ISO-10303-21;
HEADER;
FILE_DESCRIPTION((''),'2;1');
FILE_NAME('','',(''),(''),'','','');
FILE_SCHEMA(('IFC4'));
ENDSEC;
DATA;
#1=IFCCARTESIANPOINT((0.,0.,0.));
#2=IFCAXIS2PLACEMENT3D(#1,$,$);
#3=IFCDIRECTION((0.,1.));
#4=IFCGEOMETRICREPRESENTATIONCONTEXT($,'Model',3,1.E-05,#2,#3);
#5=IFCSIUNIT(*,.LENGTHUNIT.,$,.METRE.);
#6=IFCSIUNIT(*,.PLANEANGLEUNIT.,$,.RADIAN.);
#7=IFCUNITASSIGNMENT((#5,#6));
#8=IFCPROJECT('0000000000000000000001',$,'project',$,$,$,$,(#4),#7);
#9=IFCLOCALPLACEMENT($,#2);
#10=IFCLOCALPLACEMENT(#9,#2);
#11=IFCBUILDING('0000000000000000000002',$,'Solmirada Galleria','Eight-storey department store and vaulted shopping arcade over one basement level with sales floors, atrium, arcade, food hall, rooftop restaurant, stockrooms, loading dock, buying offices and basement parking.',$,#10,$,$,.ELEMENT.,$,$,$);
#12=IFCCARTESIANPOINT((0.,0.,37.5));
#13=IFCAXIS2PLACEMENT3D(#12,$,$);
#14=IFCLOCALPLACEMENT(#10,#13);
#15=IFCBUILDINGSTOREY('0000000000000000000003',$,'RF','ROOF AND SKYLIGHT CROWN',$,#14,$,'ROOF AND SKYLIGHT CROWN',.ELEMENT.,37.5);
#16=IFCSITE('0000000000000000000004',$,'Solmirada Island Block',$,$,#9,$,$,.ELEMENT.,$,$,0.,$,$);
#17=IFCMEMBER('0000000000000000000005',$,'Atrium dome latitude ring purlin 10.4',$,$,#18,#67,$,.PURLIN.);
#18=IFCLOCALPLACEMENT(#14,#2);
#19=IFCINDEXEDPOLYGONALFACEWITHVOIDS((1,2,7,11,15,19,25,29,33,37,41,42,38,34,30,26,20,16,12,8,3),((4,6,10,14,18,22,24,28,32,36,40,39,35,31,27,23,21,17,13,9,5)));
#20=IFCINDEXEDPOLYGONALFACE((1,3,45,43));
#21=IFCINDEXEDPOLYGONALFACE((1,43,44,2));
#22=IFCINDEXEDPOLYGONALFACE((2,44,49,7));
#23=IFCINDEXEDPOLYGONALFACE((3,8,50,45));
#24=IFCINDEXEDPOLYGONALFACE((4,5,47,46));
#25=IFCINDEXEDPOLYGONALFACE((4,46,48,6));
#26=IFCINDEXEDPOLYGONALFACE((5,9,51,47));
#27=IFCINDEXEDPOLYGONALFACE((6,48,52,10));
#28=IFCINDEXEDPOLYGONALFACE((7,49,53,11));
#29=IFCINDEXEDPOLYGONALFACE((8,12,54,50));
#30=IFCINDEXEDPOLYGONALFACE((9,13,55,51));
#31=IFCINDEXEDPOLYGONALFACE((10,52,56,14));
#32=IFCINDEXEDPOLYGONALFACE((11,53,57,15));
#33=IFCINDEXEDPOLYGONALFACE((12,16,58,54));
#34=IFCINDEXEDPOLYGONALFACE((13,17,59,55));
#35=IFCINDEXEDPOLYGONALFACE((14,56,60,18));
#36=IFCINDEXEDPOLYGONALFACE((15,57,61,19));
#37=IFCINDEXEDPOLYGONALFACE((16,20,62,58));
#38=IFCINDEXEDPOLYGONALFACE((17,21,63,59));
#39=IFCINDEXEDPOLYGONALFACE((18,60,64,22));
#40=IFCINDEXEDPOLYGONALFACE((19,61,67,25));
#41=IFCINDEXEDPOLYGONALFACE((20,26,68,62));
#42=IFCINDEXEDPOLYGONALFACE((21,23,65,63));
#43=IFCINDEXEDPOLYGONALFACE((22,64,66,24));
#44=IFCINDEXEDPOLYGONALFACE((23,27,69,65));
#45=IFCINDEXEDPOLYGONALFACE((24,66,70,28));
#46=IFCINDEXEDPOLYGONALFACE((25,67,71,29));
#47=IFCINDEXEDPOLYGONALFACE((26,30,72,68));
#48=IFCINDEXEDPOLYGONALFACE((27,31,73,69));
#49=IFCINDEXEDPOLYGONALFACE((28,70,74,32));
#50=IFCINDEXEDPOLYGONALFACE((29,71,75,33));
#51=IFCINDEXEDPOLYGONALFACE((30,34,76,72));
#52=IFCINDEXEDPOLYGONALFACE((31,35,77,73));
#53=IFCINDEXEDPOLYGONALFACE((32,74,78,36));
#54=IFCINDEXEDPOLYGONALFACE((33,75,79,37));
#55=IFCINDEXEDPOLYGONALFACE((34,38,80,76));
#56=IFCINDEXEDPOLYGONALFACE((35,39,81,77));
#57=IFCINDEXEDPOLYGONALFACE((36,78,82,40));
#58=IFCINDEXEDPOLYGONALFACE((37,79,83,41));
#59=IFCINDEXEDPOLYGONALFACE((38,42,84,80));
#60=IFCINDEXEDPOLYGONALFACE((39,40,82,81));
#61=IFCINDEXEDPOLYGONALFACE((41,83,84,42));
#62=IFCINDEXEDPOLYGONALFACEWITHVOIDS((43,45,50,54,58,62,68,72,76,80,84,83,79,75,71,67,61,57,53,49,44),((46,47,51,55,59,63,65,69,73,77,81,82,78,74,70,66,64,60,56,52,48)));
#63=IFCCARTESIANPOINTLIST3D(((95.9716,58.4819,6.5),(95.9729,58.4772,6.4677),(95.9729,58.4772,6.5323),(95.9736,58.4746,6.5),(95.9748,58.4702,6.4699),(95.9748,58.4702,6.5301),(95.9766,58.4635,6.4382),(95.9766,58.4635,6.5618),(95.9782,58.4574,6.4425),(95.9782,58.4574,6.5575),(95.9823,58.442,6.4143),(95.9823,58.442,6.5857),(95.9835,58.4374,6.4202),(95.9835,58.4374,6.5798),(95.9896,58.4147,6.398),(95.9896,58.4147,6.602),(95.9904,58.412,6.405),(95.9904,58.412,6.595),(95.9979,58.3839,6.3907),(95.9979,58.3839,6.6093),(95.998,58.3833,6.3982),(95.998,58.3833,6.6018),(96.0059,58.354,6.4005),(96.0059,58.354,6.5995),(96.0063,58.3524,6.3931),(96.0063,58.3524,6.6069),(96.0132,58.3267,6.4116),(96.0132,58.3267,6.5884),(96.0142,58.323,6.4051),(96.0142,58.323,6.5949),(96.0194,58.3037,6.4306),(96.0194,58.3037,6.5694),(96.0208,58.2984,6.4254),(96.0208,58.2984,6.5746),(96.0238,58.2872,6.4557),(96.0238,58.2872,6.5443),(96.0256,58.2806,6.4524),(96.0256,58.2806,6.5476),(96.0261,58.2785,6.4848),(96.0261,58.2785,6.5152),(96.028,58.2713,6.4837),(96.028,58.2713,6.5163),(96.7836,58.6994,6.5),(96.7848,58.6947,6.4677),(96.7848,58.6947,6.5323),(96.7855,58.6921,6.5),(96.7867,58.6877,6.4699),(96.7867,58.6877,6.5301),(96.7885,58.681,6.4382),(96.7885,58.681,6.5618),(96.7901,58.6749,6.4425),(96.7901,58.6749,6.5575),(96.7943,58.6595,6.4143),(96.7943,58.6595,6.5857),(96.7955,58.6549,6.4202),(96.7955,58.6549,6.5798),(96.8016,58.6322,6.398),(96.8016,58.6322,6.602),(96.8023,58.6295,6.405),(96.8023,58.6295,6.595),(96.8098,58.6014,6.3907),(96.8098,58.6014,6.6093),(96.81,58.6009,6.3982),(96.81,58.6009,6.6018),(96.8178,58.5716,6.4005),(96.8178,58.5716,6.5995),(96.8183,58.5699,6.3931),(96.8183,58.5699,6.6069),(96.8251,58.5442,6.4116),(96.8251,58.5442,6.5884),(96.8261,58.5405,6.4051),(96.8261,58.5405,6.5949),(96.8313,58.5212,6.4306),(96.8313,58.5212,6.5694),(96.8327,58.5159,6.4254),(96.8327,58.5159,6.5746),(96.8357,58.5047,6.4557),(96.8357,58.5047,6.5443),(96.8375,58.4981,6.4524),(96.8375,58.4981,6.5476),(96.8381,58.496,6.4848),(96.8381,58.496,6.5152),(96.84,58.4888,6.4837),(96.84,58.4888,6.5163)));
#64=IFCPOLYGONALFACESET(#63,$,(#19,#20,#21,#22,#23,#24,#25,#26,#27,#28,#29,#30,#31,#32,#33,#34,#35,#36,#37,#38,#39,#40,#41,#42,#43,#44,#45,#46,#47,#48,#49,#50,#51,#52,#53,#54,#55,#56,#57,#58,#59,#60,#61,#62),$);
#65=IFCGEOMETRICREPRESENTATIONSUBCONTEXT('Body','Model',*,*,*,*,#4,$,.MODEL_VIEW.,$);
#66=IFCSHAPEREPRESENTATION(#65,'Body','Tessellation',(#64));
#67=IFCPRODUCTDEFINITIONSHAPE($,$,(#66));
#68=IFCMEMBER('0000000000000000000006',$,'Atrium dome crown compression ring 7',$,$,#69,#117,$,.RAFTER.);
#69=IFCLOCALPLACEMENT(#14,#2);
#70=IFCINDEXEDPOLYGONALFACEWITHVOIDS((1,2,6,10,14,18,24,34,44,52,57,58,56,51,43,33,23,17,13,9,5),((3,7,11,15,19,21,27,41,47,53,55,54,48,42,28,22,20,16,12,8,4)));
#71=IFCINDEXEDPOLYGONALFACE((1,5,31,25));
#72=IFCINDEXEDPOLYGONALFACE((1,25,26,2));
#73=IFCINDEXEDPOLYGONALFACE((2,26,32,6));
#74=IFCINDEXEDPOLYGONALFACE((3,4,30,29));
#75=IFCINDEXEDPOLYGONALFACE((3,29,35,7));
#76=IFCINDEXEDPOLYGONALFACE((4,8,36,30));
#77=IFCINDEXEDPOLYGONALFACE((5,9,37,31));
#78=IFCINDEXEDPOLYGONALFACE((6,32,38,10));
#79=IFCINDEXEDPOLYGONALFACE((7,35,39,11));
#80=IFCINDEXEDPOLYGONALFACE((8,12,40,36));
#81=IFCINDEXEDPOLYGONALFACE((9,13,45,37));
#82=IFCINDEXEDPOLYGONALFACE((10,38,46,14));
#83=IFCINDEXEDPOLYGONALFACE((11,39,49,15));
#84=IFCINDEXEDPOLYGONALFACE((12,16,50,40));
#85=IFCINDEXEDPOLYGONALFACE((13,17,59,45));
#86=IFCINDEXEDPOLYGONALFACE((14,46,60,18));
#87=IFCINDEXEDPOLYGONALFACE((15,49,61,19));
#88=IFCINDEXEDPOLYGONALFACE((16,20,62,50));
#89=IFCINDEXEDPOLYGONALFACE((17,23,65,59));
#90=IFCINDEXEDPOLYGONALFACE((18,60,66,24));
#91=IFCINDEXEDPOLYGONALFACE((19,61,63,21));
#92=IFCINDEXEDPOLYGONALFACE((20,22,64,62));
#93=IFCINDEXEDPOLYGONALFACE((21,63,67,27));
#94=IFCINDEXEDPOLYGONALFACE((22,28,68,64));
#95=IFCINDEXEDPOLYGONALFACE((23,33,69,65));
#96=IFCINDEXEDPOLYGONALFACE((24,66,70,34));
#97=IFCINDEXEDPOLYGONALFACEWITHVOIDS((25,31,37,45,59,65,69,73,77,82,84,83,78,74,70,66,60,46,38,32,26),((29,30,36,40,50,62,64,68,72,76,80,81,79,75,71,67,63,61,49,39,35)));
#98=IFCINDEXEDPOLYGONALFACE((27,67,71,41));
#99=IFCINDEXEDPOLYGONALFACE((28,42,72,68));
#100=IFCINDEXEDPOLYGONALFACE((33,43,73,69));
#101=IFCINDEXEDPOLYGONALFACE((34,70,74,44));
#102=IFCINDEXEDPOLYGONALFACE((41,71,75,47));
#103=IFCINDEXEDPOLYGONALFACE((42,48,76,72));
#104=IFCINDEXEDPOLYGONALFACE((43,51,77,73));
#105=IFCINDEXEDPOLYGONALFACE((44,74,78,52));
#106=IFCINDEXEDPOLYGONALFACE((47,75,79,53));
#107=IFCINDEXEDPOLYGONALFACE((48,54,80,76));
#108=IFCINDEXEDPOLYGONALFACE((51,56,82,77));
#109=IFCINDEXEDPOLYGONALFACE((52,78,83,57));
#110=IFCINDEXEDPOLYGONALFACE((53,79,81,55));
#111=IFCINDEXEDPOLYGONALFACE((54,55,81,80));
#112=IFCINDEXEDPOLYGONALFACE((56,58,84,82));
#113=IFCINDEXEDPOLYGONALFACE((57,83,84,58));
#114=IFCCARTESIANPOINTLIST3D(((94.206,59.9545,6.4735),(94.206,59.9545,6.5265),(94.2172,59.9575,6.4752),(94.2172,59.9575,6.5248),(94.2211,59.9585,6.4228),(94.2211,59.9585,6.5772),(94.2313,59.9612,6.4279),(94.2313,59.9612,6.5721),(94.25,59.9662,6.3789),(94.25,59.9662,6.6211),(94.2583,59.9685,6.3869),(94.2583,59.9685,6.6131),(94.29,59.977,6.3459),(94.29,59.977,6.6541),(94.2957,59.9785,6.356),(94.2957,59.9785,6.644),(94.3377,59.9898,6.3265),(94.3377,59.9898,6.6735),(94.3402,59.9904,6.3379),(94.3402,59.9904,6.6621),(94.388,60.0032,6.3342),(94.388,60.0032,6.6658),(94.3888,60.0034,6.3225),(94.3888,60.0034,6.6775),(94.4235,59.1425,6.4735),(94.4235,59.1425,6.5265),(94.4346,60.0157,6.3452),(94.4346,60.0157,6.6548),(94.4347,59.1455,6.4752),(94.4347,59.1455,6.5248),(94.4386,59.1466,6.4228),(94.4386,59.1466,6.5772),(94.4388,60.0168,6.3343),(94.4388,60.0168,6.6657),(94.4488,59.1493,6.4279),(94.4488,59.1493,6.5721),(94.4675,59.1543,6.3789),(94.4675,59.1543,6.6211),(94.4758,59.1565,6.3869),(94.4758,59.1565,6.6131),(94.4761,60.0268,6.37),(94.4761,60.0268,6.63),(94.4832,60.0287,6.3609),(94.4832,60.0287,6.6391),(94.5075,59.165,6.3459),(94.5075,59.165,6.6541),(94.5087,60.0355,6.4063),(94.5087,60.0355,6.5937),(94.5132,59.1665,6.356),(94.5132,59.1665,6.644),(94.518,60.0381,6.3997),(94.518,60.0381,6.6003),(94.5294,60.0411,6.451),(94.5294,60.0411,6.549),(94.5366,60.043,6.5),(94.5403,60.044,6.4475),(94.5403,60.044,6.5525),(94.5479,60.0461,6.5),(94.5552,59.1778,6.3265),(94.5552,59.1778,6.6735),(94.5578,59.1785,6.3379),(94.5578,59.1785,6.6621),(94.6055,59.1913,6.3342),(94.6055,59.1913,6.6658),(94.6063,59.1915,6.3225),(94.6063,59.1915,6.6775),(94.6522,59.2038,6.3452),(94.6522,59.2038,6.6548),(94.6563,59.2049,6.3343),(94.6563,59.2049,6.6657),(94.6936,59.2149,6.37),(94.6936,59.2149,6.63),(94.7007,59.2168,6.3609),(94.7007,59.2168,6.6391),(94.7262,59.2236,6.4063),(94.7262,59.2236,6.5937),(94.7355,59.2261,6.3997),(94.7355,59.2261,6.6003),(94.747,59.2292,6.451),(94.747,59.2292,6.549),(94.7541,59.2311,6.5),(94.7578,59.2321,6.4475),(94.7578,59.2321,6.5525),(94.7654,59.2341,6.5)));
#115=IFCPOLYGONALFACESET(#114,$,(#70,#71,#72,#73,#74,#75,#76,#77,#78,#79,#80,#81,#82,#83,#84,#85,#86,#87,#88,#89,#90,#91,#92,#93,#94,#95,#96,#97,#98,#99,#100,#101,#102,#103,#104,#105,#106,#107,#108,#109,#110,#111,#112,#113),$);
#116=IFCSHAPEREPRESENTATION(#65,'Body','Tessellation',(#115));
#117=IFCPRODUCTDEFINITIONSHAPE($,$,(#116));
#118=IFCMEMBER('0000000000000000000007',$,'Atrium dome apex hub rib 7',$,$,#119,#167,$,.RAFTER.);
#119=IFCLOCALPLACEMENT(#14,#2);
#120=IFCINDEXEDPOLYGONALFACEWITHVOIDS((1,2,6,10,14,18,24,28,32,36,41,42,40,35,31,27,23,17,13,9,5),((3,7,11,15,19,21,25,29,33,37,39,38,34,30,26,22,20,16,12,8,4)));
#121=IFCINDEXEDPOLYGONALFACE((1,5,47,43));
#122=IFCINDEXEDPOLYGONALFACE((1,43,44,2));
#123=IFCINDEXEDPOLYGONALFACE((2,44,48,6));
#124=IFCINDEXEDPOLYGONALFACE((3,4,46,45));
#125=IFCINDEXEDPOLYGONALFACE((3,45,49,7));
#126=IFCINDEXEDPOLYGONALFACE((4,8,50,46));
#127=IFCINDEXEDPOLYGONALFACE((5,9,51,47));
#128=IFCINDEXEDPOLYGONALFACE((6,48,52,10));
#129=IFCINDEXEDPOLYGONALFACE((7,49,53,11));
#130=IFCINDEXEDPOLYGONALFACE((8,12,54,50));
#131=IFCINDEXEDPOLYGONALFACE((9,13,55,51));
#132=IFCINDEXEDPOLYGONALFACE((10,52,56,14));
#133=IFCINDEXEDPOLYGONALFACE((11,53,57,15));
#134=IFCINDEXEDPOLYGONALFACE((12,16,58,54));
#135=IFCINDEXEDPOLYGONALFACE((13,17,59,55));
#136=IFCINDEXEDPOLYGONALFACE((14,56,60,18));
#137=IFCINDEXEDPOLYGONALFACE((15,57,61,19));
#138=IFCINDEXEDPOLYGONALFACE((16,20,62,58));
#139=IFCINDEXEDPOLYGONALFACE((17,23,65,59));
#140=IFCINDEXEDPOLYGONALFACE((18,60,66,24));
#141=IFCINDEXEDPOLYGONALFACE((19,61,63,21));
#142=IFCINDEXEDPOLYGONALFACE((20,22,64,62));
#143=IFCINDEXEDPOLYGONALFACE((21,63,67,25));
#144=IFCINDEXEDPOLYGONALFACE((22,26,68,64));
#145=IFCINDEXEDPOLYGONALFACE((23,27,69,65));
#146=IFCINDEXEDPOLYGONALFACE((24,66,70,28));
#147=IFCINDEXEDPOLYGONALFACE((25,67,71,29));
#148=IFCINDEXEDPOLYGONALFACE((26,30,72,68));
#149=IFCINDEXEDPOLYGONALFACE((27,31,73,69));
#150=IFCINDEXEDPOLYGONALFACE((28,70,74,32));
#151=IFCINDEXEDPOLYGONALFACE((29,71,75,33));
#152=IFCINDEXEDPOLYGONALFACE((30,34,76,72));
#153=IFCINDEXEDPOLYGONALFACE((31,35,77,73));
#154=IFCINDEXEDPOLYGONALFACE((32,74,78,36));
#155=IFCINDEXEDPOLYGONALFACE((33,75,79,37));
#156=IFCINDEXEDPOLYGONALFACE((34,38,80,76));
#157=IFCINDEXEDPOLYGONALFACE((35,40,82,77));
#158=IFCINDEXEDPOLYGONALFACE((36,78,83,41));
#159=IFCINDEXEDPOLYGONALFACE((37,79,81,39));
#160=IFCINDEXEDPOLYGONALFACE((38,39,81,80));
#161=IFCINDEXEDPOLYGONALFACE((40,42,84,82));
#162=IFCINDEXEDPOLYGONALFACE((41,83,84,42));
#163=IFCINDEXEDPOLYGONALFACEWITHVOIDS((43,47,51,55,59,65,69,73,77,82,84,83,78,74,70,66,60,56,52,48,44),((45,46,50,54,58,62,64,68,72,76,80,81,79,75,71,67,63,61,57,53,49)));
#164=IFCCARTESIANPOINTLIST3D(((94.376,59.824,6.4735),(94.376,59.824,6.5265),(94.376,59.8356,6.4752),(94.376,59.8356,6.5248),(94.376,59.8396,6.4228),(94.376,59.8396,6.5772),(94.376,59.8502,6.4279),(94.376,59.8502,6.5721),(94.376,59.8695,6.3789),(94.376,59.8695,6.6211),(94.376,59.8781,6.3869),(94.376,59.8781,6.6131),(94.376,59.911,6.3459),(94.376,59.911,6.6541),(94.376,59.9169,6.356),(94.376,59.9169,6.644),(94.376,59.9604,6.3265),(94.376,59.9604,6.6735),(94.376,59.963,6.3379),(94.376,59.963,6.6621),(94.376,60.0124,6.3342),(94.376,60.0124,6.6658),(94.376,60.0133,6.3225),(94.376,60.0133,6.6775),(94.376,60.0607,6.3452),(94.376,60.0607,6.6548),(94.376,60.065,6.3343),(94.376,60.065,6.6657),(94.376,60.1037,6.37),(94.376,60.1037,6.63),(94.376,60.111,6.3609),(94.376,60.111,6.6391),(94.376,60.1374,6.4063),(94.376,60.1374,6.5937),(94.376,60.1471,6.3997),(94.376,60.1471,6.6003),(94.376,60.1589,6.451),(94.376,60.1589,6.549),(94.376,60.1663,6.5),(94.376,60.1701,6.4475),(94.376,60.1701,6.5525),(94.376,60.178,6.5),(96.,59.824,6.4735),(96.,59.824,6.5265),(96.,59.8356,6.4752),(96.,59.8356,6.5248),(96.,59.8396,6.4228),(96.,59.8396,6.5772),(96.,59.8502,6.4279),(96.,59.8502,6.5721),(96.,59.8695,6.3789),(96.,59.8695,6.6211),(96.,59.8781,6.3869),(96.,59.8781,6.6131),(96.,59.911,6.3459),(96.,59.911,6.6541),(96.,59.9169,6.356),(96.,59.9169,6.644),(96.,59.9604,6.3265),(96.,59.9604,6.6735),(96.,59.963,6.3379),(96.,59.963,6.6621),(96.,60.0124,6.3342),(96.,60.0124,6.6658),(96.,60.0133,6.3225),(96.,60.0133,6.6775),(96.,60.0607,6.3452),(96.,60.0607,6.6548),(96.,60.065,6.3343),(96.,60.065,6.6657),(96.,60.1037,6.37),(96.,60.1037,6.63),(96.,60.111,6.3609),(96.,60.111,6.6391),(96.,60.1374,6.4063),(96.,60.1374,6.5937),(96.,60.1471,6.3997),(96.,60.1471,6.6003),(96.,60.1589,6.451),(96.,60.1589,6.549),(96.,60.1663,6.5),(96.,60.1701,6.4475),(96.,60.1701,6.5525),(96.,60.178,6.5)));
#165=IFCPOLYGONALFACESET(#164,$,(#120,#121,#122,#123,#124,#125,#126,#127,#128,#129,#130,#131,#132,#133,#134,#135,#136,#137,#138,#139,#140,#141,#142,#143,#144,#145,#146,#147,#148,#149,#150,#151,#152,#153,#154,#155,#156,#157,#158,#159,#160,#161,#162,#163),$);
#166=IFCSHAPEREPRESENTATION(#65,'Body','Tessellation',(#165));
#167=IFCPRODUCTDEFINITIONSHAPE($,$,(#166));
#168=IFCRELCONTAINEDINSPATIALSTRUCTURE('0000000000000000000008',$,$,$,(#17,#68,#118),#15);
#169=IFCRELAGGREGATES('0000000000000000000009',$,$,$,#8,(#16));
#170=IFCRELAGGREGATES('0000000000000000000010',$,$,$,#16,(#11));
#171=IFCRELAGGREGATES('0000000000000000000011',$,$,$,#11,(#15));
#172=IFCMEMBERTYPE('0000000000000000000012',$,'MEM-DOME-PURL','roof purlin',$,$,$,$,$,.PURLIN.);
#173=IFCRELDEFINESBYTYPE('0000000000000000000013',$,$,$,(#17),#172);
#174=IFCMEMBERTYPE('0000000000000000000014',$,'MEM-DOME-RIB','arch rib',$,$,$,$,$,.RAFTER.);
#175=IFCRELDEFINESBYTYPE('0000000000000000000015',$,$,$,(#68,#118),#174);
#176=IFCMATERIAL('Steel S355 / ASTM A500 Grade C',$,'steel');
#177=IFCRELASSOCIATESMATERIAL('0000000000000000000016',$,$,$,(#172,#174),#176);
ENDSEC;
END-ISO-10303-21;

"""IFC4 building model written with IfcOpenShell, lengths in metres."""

from ifc_helpers import new_model, si_unit, direction, frame, origin, origin_2d, place, context, subcontext, project, spatial, hollow_circle, extrude, material, material_profile, profile_set, type_object, element, save


model = new_model("IFC4")

# Units and contexts
model_context = context("Model", 3, precision=1e-05, world=origin(), true_north=direction((0.0, 1.0)))
body_context = subcontext(model_context, "Body", "Model", "MODEL_VIEW")
ifc_project = project(units=[si_unit("LENGTHUNIT", "METRE"), si_unit("PLANEANGLEUNIT", "RADIAN")], contexts=[model_context])

# Site, building, storey
site_placement = place(None, origin())
site = spatial("IfcSite", under=ifc_project, at=site_placement, Name="Solmirada Island Block", CompositionType="ELEMENT", RefElevation=0.0)
building_placement = place(site_placement, origin())
building = spatial("IfcBuilding", under=site, at=building_placement, Name="Solmirada Galleria", Description="Eight-storey department store and vaulted shopping arcade over one basement level with sales floors, atrium, arcade, food hall, rooftop restaurant, stockrooms, loading dock, buying offices and basement parking.", CompositionType="ELEMENT")
storey_placement = place(building_placement, frame((0.0, 0.0, 37.5)))
storey = spatial("IfcBuildingStorey", under=building, at=storey_placement, Name="RF", Description="ROOF AND SKYLIGHT CROWN", LongName="ROOF AND SKYLIGHT CROWN", CompositionType="ELEMENT", Elevation=37.5)

# Members
ifc_material_1 = material(Name="Steel S355 / ASTM A500 Grade C", Category="steel")
ifc_material_profile_1 = material_profile(ifc_material_1, hollow_circle(Radius=0.1096, WallThickness=0.0076, at=origin_2d()), Name="HSS8.625X0.322")
ifc_profile_set_1 = profile_set([ifc_material_profile_1], Name="Steel S355 / ASTM A500 Grade C")
member_type_1 = type_object("IfcMemberType", Name="MEM-DOME-PURL", Description="roof purlin", PredefinedType="PURLIN", material=ifc_profile_set_1)
for number, where, z_axis, x_axis, name in (
    (1, (96.0, 58.376, 6.5), (0.96594, 0.258765, 0.0), (-0.258765, 0.96594, 0.0), "Atrium dome latitude ring purlin 10.4"),
):
    element("IfcMember", number, at=place(storey_placement, frame(where, z_axis=z_axis, x_axis=x_axis)), inside=storey, type_object=member_type_1, Name=name, PredefinedType="PURLIN", context=body_context, shape_type="SweptSolid", body=[
        extrude(hollow_circle(Radius=0.1096, WallThickness=0.0076, at=origin_2d()), origin(), (0.0, 0.0, 1.0), 0.8406),
    ])
ifc_material_profile_2 = material_profile(ifc_material_1, hollow_circle(Radius=0.178, WallThickness=0.0117, at=origin_2d()), Name="HSS14.000X0.500")
ifc_profile_set_2 = profile_set([ifc_material_profile_2], Name="Steel S355 / ASTM A500 Grade C")
member_type_2 = type_object("IfcMemberType", Name="MEM-DOME-RIB", Description="arch rib", PredefinedType="RAFTER", material=ifc_profile_set_2)
member_1_placement = place(storey_placement, frame((94.376, 60.0, 6.5), z_axis=(0.258765, -0.96594, 0.0), x_axis=(0.96594, 0.258765, 0.0)))
element("IfcMember", 2, at=member_1_placement, inside=storey, type_object=member_type_2, Name="Atrium dome crown compression ring 7", PredefinedType="RAFTER", context=body_context, shape_type="SweptSolid", body=[
    extrude(hollow_circle(Radius=0.178, WallThickness=0.0117, at=origin_2d()), origin(), (0.0, 0.0, 1.0), 0.8406),
])
member_2_placement = place(storey_placement, frame((94.376, 60.0, 6.5), z_axis=(1.0, 0.0, 0.0), x_axis=(0.0, 1.0, 0.0)))
element("IfcMember", 3, at=member_2_placement, inside=storey, type_object=member_type_2, Name="Atrium dome apex hub rib 7", PredefinedType="RAFTER", context=body_context, shape_type="SweptSolid", body=[
    extrude(hollow_circle(Radius=0.178, WallThickness=0.0117, at=origin_2d()), origin(), (0.0, 0.0, 1.0), 1.624),
])

save(model, "model.ifc")
